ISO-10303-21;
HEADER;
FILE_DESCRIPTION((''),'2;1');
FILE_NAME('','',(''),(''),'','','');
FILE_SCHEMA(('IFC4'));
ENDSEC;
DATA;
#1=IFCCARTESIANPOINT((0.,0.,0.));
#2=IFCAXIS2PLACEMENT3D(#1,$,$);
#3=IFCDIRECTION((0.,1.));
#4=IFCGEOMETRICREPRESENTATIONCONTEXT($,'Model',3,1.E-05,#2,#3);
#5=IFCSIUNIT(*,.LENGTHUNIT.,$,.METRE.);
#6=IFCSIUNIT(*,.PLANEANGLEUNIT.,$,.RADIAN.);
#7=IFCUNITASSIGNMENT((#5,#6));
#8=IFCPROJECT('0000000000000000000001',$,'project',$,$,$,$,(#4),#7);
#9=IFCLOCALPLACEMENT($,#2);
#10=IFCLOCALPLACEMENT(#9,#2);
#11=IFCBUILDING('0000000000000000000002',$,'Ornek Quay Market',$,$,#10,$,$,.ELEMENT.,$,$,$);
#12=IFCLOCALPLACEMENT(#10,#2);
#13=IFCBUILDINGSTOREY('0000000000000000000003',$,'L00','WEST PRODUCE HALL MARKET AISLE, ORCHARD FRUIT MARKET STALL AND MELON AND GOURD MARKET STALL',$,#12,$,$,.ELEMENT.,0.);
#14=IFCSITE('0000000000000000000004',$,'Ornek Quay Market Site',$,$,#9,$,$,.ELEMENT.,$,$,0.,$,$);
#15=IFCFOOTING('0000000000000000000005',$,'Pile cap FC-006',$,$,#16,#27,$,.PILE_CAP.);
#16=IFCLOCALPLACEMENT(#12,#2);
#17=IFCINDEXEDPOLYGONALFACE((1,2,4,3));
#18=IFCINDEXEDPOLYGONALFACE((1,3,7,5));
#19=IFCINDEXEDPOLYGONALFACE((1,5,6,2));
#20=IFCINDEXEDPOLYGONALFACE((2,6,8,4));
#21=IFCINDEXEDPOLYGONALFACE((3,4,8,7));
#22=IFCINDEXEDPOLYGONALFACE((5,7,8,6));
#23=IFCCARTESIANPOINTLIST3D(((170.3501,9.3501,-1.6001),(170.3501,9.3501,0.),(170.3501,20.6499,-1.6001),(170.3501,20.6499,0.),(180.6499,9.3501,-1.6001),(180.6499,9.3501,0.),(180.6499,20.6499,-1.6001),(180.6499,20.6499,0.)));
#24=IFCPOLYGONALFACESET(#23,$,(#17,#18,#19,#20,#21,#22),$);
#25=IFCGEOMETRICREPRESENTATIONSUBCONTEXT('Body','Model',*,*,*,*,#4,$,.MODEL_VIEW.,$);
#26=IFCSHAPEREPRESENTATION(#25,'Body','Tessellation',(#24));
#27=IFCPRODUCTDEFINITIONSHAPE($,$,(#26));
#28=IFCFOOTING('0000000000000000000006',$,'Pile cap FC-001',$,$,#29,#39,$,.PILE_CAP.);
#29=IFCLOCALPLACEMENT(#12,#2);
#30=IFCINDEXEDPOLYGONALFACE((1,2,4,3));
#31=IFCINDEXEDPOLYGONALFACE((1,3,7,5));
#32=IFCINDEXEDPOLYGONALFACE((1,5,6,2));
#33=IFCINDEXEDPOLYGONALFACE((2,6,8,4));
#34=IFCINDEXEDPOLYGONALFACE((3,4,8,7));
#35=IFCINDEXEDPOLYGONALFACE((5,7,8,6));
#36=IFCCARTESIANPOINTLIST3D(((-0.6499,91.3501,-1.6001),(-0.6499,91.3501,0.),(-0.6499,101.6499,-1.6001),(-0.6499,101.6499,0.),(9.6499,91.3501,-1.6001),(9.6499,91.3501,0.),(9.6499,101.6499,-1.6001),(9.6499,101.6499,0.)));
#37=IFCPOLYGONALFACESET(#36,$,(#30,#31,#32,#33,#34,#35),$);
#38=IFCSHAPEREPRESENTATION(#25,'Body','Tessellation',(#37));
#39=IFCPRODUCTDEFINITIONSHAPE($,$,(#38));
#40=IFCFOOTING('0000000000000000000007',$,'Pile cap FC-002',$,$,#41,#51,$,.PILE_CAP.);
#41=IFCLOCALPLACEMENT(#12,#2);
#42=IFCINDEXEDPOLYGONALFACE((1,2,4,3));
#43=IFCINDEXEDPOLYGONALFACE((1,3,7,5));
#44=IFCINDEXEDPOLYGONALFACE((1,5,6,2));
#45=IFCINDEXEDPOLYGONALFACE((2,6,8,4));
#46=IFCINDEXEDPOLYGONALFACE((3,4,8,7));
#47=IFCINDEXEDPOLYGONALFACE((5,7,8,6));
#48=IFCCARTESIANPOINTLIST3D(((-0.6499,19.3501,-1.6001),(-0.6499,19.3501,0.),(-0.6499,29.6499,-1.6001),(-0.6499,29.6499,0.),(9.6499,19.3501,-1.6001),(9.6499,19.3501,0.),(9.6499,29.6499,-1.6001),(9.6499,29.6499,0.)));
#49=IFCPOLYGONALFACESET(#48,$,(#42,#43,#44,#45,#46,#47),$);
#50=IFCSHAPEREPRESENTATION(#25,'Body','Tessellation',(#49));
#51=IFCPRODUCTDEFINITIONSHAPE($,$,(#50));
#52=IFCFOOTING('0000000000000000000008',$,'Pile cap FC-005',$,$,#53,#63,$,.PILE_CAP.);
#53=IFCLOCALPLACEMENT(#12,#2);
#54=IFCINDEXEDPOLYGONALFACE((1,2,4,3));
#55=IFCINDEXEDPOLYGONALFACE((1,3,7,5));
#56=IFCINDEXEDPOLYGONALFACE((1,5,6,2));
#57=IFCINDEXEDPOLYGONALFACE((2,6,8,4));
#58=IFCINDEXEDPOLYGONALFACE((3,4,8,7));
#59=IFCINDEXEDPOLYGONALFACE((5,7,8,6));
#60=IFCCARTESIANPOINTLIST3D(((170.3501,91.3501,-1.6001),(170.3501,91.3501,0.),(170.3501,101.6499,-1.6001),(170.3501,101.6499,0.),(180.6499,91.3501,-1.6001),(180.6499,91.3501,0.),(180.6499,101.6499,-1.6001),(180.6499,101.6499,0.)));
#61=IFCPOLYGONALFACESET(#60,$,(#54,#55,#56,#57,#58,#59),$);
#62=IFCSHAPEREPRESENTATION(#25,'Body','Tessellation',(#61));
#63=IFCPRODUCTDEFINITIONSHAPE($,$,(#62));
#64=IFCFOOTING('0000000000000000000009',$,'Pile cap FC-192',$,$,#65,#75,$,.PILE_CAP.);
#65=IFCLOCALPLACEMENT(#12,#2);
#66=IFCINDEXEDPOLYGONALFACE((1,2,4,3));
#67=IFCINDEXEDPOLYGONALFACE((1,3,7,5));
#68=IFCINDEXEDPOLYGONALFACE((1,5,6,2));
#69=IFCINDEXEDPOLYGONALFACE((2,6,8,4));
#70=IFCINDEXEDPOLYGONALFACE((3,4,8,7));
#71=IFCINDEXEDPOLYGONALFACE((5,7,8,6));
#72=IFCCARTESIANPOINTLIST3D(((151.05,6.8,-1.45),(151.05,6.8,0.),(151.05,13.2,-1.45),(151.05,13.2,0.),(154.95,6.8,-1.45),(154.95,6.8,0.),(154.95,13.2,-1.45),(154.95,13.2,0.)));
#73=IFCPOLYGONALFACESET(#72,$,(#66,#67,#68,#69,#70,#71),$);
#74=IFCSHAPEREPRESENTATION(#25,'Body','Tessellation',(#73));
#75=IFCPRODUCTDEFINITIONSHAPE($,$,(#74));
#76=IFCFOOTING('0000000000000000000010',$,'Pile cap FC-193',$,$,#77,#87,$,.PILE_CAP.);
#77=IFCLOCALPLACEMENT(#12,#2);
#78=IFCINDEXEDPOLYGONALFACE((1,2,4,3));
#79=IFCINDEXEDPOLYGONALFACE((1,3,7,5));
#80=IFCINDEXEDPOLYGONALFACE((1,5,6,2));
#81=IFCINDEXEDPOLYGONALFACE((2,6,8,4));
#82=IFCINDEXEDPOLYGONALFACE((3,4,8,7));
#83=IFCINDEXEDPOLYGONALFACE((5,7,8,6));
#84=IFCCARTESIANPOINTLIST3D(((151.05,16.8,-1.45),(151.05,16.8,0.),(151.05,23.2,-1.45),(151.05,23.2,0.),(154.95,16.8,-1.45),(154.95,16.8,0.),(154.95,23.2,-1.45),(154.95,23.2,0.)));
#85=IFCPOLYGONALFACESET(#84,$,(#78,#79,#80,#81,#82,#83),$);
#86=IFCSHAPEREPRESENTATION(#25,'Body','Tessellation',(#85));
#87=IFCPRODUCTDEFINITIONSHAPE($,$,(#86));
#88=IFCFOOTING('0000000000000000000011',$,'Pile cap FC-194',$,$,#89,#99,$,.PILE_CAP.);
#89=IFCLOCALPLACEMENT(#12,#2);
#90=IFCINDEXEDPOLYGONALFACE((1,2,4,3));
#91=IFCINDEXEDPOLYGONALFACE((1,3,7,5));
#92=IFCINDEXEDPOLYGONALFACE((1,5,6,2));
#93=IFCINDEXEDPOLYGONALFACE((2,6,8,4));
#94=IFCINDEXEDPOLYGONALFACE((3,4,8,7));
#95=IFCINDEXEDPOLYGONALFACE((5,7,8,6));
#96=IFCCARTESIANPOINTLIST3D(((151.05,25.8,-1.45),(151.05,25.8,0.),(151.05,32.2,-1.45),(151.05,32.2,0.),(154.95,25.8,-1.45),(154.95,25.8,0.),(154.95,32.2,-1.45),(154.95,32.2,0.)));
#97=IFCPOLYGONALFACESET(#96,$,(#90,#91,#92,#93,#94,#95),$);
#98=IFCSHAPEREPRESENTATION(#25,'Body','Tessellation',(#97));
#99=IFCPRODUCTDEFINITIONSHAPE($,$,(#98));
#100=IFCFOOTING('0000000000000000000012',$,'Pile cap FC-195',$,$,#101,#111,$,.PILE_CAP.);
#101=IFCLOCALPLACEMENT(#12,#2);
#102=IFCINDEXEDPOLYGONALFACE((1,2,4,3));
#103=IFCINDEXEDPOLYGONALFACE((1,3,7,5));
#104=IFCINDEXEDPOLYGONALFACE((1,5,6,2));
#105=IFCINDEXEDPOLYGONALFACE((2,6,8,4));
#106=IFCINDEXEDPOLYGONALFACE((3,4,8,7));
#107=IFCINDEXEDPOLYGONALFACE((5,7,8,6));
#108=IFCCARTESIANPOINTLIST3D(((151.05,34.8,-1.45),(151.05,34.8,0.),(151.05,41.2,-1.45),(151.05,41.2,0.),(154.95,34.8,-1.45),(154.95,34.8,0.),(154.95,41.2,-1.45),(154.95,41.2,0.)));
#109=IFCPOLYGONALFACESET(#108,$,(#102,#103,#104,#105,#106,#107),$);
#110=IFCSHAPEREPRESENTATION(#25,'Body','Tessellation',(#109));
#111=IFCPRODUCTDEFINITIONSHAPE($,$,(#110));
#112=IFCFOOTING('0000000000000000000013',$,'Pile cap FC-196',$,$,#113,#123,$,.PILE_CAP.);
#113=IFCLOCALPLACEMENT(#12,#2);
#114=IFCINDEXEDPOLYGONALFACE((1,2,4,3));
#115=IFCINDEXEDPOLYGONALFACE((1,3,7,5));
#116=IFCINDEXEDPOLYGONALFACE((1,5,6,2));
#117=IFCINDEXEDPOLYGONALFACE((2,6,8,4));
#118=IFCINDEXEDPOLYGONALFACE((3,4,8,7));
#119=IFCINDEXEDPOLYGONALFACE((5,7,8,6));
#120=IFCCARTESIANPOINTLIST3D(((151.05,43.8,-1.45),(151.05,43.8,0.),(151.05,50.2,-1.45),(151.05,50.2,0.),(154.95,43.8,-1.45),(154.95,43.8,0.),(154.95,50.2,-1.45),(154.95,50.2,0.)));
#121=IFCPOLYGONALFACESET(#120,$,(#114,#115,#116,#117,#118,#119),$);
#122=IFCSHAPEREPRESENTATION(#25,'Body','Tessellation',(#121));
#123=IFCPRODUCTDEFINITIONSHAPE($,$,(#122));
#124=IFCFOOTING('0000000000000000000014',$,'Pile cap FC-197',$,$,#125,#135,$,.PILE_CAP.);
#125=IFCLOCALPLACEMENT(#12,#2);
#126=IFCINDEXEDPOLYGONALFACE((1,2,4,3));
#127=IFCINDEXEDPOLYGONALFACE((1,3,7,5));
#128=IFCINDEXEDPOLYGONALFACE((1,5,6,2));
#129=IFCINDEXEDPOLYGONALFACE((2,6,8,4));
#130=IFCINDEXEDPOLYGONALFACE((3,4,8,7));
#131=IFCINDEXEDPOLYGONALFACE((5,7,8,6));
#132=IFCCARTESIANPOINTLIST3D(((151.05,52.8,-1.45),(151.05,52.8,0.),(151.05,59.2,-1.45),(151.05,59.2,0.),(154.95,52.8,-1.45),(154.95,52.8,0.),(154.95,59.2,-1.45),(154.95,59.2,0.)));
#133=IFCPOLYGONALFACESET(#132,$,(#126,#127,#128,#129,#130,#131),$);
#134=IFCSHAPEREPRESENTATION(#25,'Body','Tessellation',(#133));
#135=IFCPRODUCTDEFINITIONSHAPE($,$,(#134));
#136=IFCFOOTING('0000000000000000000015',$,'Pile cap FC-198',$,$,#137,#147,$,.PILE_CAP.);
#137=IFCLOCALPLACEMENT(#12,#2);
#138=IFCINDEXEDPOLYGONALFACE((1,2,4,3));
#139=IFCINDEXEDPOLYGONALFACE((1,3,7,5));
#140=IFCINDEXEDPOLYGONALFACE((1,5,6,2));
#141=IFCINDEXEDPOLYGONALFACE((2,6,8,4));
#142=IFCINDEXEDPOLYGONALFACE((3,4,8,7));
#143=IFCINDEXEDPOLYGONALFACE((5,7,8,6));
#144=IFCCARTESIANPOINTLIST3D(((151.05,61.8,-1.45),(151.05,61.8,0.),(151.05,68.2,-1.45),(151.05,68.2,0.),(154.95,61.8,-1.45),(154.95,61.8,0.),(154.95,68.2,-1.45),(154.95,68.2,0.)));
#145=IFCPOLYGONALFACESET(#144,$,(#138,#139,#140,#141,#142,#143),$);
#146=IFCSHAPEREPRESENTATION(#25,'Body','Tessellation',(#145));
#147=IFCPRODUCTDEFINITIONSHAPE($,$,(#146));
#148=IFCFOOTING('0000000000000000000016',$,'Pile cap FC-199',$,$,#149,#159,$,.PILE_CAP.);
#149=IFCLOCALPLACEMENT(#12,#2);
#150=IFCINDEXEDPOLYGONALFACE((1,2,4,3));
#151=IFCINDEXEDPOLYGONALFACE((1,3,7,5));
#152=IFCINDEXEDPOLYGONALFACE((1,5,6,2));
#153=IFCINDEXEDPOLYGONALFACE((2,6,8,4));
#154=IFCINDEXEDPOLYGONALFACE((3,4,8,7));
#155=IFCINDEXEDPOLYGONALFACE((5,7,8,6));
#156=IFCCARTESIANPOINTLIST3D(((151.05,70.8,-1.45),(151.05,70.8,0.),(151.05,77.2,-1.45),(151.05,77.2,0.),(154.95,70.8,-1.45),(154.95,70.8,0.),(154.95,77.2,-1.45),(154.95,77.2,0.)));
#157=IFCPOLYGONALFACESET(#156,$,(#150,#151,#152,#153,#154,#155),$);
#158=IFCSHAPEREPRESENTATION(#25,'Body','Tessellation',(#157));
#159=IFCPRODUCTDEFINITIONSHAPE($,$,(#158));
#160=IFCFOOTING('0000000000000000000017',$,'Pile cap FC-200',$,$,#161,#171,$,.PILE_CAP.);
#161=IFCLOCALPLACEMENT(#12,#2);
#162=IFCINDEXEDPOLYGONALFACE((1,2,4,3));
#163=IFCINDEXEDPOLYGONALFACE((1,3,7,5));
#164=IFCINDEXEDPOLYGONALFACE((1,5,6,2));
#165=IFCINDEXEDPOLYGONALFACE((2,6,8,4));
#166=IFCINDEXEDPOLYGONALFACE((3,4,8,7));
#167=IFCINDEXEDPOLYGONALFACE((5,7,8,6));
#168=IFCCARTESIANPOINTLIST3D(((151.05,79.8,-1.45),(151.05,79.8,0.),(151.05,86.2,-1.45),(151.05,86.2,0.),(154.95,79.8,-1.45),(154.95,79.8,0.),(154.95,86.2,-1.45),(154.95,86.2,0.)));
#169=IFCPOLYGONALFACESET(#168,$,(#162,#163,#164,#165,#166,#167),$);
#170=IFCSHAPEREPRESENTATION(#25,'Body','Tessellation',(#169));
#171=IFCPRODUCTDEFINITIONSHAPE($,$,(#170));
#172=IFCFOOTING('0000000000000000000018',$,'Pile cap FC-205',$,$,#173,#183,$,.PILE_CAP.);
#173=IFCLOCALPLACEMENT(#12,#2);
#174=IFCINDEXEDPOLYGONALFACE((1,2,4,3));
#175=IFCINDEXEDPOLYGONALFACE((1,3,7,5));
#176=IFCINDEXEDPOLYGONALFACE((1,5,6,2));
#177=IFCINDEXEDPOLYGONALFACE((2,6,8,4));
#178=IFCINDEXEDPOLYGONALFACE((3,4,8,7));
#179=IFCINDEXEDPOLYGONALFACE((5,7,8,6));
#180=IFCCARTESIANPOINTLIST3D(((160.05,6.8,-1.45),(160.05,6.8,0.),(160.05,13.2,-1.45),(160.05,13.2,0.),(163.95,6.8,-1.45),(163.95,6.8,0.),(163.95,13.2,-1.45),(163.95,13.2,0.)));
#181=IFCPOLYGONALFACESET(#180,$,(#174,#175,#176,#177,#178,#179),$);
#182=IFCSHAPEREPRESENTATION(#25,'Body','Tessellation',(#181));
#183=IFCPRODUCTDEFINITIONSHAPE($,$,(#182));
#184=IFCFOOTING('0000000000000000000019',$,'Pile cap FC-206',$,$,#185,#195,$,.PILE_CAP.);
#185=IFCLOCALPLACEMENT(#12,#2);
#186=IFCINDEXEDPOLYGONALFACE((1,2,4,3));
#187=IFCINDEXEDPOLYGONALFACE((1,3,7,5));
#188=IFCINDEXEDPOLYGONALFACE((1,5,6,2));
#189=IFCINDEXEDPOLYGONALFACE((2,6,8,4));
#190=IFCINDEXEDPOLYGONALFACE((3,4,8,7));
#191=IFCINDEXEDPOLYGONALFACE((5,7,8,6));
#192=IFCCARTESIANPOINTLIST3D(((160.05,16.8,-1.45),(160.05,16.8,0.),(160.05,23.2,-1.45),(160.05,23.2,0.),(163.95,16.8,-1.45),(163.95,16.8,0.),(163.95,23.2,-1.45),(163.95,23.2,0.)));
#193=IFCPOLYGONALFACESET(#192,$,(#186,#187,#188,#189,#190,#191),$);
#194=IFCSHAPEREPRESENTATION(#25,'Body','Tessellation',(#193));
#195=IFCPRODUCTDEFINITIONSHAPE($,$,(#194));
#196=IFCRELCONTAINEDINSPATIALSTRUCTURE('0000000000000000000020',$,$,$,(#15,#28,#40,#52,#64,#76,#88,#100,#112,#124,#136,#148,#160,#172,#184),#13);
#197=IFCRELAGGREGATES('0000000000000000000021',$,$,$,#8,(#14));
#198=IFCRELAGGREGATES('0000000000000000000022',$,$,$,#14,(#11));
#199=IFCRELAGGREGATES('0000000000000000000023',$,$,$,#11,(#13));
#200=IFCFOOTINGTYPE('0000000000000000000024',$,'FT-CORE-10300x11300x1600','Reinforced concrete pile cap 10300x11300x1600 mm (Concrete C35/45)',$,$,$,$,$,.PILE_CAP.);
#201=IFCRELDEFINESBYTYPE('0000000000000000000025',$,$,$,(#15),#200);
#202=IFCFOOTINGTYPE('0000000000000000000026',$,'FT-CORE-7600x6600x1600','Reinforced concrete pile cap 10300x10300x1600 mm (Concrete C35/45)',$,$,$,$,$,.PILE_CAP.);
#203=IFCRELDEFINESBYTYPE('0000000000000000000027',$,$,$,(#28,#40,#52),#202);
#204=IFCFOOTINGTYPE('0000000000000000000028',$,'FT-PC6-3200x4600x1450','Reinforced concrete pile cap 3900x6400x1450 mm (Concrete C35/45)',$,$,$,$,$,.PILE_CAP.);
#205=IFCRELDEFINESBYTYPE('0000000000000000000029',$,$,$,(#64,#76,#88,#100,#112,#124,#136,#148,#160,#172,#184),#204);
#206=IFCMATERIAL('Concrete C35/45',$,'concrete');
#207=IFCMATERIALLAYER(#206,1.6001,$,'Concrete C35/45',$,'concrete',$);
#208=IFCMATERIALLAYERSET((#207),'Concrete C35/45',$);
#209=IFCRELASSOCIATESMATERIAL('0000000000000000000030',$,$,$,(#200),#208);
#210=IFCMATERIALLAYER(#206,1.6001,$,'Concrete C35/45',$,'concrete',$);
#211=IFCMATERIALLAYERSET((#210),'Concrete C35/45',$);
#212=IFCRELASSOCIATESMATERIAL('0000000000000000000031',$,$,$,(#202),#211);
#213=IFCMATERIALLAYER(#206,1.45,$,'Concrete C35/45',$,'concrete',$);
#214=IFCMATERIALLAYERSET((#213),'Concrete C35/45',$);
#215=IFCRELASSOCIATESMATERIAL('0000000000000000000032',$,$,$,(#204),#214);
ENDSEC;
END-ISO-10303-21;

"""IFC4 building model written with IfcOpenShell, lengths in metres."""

from ifc_helpers import new_model, si_unit, direction, frame, origin, place, context, subcontext, project, spatial, polyline, outline, extrude, material, layer, layer_set, type_object, element, save


model = new_model("IFC4")

# Units and contexts
model_context = context("Model", 3, precision=1e-05, world=origin(), true_north=direction((0.0, 1.0)))
body_context = subcontext(model_context, "Body", "Model", "MODEL_VIEW")
ifc_project = project(units=[si_unit("LENGTHUNIT", "METRE"), si_unit("PLANEANGLEUNIT", "RADIAN")], contexts=[model_context])

# Site, building, storey
site_placement = place(None, origin())
site = spatial("IfcSite", under=ifc_project, at=site_placement, Name="Ornek Quay Market Site", CompositionType="ELEMENT", RefElevation=0.0)
building_placement = place(site_placement, origin())
building = spatial("IfcBuilding", under=site, at=building_placement, Name="Ornek Quay Market", CompositionType="ELEMENT")
storey_placement = place(building_placement, origin())
storey = spatial("IfcBuildingStorey", under=building, at=storey_placement, Name="L00", Description="WEST PRODUCE HALL MARKET AISLE, ORCHARD FRUIT MARKET STALL AND MELON AND GOURD MARKET STALL", CompositionType="ELEMENT", Elevation=0.0)

# Footings
ifc_material = material(Name="Concrete C35/45", Category="concrete")
ifc_layer_1 = layer(ifc_material, 1.6001, Name="Concrete C35/45", Category="concrete")
ifc_layer_set_1 = layer_set([ifc_layer_1], Name="Concrete C35/45")
footing_type_1 = type_object("IfcFootingType", Name="FT-CORE-10300x11300x1600", Description="Reinforced concrete pile cap 10300x11300x1600 mm (Concrete C35/45)", PredefinedType="PILE_CAP", material=ifc_layer_set_1)
footing_1_placement = place(storey_placement, frame((0.0, 0.0, -1.6001)))
element("IfcFooting", 1, at=footing_1_placement, inside=storey, type_object=footing_type_1, Name="Pile cap FC-006", PredefinedType="PILE_CAP", context=body_context, shape_type="SweptSolid", body=[
    extrude(outline(polyline([(170.3501, 9.3501), (180.6499, 9.3501), (180.6499, 20.6499), (170.3501, 20.6499), (170.3501, 9.3501)])), origin(), (0.0, 0.0, 1.0), 1.6001),
])
ifc_layer_2 = layer(ifc_material, 1.6001, Name="Concrete C35/45", Category="concrete")
ifc_layer_set_2 = layer_set([ifc_layer_2], Name="Concrete C35/45")
footing_type_2 = type_object("IfcFootingType", Name="FT-CORE-7600x6600x1600", Description="Reinforced concrete pile cap 10300x10300x1600 mm (Concrete C35/45)", PredefinedType="PILE_CAP", material=ifc_layer_set_2)
footing_2_placement = place(storey_placement, frame((0.0, 0.0, -1.6001)))
element("IfcFooting", 2, at=footing_2_placement, inside=storey, type_object=footing_type_2, Name="Pile cap FC-001", PredefinedType="PILE_CAP", context=body_context, shape_type="SweptSolid", body=[
    extrude(outline(polyline([(-0.6499, 91.3501), (9.6499, 91.3501), (9.6499, 101.6499), (-0.6499, 101.6499), (-0.6499, 91.3501)])), origin(), (0.0, 0.0, 1.0), 1.6001),
])
footing_3_placement = place(storey_placement, frame((0.0, 0.0, -1.6001)))
element("IfcFooting", 3, at=footing_3_placement, inside=storey, type_object=footing_type_2, Name="Pile cap FC-002", PredefinedType="PILE_CAP", context=body_context, shape_type="SweptSolid", body=[
    extrude(outline(polyline([(-0.6499, 19.3501), (9.6499, 19.3501), (9.6499, 29.6499), (-0.6499, 29.6499), (-0.6499, 19.3501)])), origin(), (0.0, 0.0, 1.0), 1.6001),
])
footing_4_placement = place(storey_placement, frame((0.0, 0.0, -1.6001)))
element("IfcFooting", 4, at=footing_4_placement, inside=storey, type_object=footing_type_2, Name="Pile cap FC-005", PredefinedType="PILE_CAP", context=body_context, shape_type="SweptSolid", body=[
    extrude(outline(polyline([(170.3501, 91.3501), (180.6499, 91.3501), (180.6499, 101.6499), (170.3501, 101.6499), (170.3501, 91.3501)])), origin(), (0.0, 0.0, 1.0), 1.6001),
])
ifc_layer_3 = layer(ifc_material, 1.45, Name="Concrete C35/45", Category="concrete")
ifc_layer_set_3 = layer_set([ifc_layer_3], Name="Concrete C35/45")
footing_type_3 = type_object("IfcFootingType", Name="FT-PC6-3200x4600x1450", Description="Reinforced concrete pile cap 3900x6400x1450 mm (Concrete C35/45)", PredefinedType="PILE_CAP", material=ifc_layer_set_3)
footing_5_placement = place(storey_placement, frame((0.0, 0.0, -1.45)))
element("IfcFooting", 5, at=footing_5_placement, inside=storey, type_object=footing_type_3, Name="Pile cap FC-192", PredefinedType="PILE_CAP", context=body_context, shape_type="SweptSolid", body=[
    extrude(outline(polyline([(151.05, 6.8), (154.95, 6.8), (154.95, 13.2), (151.05, 13.2), (151.05, 6.8)])), origin(), (0.0, 0.0, 1.0), 1.45),
])
footing_6_placement = place(storey_placement, frame((0.0, 0.0, -1.45)))
element("IfcFooting", 6, at=footing_6_placement, inside=storey, type_object=footing_type_3, Name="Pile cap FC-193", PredefinedType="PILE_CAP", context=body_context, shape_type="SweptSolid", body=[
    extrude(outline(polyline([(151.05, 16.8), (154.95, 16.8), (154.95, 23.2), (151.05, 23.2), (151.05, 16.8)])), origin(), (0.0, 0.0, 1.0), 1.45),
])
footing_7_placement = place(storey_placement, frame((0.0, 0.0, -1.45)))
element("IfcFooting", 7, at=footing_7_placement, inside=storey, type_object=footing_type_3, Name="Pile cap FC-194", PredefinedType="PILE_CAP", context=body_context, shape_type="SweptSolid", body=[
    extrude(outline(polyline([(151.05, 25.8), (154.95, 25.8), (154.95, 32.2), (151.05, 32.2), (151.05, 25.8)])), origin(), (0.0, 0.0, 1.0), 1.45),
])
footing_8_placement = place(storey_placement, frame((0.0, 0.0, -1.45)))
element("IfcFooting", 8, at=footing_8_placement, inside=storey, type_object=footing_type_3, Name="Pile cap FC-195", PredefinedType="PILE_CAP", context=body_context, shape_type="SweptSolid", body=[
    extrude(outline(polyline([(151.05, 34.8), (154.95, 34.8), (154.95, 41.2), (151.05, 41.2), (151.05, 34.8)])), origin(), (0.0, 0.0, 1.0), 1.45),
])
footing_9_placement = place(storey_placement, frame((0.0, 0.0, -1.45)))
element("IfcFooting", 9, at=footing_9_placement, inside=storey, type_object=footing_type_3, Name="Pile cap FC-196", PredefinedType="PILE_CAP", context=body_context, shape_type="SweptSolid", body=[
    extrude(outline(polyline([(151.05, 43.8), (154.95, 43.8), (154.95, 50.2), (151.05, 50.2), (151.05, 43.8)])), origin(), (0.0, 0.0, 1.0), 1.45),
])
footing_10_placement = place(storey_placement, frame((0.0, 0.0, -1.45)))
element("IfcFooting", 10, at=footing_10_placement, inside=storey, type_object=footing_type_3, Name="Pile cap FC-197", PredefinedType="PILE_CAP", context=body_context, shape_type="SweptSolid", body=[
    extrude(outline(polyline([(151.05, 52.8), (154.95, 52.8), (154.95, 59.2), (151.05, 59.2), (151.05, 52.8)])), origin(), (0.0, 0.0, 1.0), 1.45),
])
footing_11_placement = place(storey_placement, frame((0.0, 0.0, -1.45)))
element("IfcFooting", 11, at=footing_11_placement, inside=storey, type_object=footing_type_3, Name="Pile cap FC-198", PredefinedType="PILE_CAP", context=body_context, shape_type="SweptSolid", body=[
    extrude(outline(polyline([(151.05, 61.8), (154.95, 61.8), (154.95, 68.2), (151.05, 68.2), (151.05, 61.8)])), origin(), (0.0, 0.0, 1.0), 1.45),
])
footing_12_placement = place(storey_placement, frame((0.0, 0.0, -1.45)))
element("IfcFooting", 12, at=footing_12_placement, inside=storey, type_object=footing_type_3, Name="Pile cap FC-199", PredefinedType="PILE_CAP", context=body_context, shape_type="SweptSolid", body=[
    extrude(outline(polyline([(151.05, 70.8), (154.95, 70.8), (154.95, 77.2), (151.05, 77.2), (151.05, 70.8)])), origin(), (0.0, 0.0, 1.0), 1.45),
])
footing_13_placement = place(storey_placement, frame((0.0, 0.0, -1.45)))
element("IfcFooting", 13, at=footing_13_placement, inside=storey, type_object=footing_type_3, Name="Pile cap FC-200", PredefinedType="PILE_CAP", context=body_context, shape_type="SweptSolid", body=[
    extrude(outline(polyline([(151.05, 79.8), (154.95, 79.8), (154.95, 86.2), (151.05, 86.2), (151.05, 79.8)])), origin(), (0.0, 0.0, 1.0), 1.45),
])
footing_14_placement = place(storey_placement, frame((0.0, 0.0, -1.45)))
element("IfcFooting", 14, at=footing_14_placement, inside=storey, type_object=footing_type_3, Name="Pile cap FC-205", PredefinedType="PILE_CAP", context=body_context, shape_type="SweptSolid", body=[
    extrude(outline(polyline([(160.05, 6.8), (163.95, 6.8), (163.95, 13.2), (160.05, 13.2), (160.05, 6.8)])), origin(), (0.0, 0.0, 1.0), 1.45),
])
footing_15_placement = place(storey_placement, frame((0.0, 0.0, -1.45)))
element("IfcFooting", 15, at=footing_15_placement, inside=storey, type_object=footing_type_3, Name="Pile cap FC-206", PredefinedType="PILE_CAP", context=body_context, shape_type="SweptSolid", body=[
    extrude(outline(polyline([(160.05, 16.8), (163.95, 16.8), (163.95, 23.2), (160.05, 23.2), (160.05, 16.8)])), origin(), (0.0, 0.0, 1.0), 1.45),
])

save(model, "model.ifc")
